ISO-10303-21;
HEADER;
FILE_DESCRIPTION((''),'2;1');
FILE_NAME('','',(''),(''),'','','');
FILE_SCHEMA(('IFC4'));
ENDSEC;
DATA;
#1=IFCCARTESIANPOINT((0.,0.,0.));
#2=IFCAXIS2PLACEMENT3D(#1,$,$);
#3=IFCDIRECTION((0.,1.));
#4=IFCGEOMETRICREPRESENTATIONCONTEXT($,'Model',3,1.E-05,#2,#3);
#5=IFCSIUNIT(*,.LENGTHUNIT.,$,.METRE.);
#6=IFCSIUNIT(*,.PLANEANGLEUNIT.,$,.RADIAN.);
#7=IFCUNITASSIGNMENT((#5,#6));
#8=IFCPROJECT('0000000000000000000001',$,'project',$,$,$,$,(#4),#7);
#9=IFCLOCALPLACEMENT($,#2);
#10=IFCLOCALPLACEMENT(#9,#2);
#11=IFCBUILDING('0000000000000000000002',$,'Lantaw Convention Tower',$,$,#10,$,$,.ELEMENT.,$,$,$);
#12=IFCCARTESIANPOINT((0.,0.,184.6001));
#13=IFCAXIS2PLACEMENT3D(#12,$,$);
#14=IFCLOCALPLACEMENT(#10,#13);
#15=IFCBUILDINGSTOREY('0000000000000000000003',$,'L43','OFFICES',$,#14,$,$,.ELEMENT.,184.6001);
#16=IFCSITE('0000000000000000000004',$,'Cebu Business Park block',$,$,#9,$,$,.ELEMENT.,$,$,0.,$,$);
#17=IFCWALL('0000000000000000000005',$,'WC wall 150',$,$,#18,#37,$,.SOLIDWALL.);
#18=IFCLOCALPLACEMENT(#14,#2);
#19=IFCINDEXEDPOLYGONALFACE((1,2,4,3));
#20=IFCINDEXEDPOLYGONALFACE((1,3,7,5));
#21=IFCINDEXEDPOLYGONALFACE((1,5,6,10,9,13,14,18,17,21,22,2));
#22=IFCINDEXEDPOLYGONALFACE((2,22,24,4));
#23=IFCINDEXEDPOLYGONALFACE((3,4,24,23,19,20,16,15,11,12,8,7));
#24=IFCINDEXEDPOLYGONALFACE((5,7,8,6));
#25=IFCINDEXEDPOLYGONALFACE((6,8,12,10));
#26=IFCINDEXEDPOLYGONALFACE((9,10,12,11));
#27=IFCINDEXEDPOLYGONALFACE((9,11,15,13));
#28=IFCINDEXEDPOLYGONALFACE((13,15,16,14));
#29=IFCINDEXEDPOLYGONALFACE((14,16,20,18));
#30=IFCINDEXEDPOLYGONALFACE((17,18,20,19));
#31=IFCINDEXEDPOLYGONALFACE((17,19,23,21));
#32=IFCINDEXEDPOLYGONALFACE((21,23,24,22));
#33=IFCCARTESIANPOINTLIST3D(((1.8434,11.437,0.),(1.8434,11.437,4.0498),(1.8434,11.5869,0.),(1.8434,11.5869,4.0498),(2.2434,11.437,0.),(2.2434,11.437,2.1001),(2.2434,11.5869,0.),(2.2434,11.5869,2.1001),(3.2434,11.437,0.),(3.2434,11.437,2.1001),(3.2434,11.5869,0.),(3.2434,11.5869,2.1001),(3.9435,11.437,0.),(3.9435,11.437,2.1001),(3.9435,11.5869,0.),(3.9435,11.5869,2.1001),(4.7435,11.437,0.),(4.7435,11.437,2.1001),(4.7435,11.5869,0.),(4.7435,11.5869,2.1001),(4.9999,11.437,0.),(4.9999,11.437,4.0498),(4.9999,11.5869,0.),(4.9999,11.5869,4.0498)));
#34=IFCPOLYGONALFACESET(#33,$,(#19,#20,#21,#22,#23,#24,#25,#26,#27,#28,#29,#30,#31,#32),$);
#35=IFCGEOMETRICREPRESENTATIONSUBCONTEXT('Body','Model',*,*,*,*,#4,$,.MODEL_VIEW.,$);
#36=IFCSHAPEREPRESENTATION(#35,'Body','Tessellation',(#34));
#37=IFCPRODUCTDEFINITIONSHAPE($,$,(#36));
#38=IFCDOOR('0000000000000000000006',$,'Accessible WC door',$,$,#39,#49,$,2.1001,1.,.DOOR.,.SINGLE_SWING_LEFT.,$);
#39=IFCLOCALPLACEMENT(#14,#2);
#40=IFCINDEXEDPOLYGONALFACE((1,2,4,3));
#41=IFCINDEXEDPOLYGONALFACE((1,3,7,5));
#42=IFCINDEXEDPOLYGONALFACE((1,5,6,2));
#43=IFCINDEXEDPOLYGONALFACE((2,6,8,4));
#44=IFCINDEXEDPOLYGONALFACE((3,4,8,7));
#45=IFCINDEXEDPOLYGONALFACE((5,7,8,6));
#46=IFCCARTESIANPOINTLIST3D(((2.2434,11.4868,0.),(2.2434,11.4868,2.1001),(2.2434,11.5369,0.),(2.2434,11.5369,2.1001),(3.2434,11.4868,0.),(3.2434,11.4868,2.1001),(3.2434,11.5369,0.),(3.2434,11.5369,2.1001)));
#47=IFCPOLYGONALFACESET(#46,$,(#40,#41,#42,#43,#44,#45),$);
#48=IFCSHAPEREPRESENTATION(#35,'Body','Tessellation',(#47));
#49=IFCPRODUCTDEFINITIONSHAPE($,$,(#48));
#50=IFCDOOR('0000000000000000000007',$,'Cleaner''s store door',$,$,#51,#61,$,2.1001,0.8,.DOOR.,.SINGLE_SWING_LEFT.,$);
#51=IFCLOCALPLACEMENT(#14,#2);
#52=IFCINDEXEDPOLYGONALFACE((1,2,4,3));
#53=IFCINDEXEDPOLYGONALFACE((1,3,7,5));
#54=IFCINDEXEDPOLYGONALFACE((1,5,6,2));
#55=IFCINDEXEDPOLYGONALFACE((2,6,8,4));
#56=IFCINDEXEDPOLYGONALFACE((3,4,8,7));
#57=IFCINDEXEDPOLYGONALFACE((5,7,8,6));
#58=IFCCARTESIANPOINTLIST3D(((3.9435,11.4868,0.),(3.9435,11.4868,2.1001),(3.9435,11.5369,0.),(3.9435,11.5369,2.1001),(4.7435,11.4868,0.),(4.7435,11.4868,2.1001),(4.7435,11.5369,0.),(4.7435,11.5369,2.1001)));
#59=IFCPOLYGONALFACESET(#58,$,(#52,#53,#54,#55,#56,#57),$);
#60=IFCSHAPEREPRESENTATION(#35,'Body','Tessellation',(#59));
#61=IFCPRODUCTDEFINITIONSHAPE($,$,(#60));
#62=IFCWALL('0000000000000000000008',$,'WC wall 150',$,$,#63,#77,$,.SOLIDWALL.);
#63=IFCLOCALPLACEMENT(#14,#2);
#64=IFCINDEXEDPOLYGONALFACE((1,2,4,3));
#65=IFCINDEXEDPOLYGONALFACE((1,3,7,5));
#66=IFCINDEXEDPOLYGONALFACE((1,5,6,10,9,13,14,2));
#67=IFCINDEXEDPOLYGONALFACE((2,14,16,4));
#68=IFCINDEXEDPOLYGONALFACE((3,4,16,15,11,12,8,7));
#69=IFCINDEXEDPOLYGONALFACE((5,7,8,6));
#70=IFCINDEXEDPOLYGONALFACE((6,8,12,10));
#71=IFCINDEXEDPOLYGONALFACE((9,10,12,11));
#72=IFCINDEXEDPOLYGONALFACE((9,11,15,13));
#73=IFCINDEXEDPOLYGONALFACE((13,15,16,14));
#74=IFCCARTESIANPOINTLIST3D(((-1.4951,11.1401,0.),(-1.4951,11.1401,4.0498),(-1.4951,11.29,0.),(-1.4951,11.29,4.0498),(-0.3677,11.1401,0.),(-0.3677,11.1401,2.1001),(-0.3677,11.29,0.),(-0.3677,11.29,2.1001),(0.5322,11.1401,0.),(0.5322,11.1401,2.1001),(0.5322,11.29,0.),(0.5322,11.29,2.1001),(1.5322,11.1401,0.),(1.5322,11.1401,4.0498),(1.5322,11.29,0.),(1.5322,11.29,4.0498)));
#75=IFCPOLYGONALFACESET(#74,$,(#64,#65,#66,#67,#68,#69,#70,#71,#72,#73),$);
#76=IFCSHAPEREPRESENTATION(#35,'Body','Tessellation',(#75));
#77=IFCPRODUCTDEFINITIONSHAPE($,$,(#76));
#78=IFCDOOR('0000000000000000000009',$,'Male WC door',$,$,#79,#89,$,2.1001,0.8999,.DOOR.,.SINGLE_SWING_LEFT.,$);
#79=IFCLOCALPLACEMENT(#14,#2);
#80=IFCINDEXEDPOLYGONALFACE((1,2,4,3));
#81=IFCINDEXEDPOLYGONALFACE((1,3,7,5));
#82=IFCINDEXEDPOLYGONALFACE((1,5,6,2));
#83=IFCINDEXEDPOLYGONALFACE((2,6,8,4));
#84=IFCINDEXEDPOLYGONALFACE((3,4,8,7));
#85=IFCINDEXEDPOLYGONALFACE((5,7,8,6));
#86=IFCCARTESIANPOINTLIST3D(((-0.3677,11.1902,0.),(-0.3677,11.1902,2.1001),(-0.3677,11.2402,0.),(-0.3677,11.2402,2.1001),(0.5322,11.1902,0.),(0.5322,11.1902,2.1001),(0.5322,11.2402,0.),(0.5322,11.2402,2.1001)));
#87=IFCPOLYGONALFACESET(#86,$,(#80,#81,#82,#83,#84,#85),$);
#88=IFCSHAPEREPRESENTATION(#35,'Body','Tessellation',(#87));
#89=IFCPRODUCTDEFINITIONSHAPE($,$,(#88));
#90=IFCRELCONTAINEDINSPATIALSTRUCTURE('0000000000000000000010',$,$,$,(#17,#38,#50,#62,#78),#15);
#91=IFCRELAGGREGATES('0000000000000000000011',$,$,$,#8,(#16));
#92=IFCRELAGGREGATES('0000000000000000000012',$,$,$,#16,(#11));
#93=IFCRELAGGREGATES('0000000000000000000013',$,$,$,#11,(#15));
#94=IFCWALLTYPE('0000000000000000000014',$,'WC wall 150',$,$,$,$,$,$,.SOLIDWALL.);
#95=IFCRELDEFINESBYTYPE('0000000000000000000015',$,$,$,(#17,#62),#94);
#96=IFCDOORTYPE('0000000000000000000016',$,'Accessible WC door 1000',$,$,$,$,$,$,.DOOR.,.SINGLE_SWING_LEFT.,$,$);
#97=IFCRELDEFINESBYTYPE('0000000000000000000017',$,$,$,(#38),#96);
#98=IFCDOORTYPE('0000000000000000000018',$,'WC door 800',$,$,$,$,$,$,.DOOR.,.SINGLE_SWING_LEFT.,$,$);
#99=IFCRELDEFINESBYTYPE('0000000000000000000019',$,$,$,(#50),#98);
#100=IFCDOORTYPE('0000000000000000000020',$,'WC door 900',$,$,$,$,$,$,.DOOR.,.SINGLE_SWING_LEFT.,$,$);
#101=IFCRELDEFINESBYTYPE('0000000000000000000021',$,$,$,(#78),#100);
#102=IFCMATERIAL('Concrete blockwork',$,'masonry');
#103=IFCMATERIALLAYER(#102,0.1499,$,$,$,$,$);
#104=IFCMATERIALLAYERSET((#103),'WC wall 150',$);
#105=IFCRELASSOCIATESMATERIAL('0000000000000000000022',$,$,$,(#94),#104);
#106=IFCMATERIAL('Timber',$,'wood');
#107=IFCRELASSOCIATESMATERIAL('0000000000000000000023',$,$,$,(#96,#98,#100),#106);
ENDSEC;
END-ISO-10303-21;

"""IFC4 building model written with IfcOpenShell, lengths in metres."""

from ifc_helpers import new_model, si_unit, direction, frame, frame_2d, origin, place, context, subcontext, project, spatial, rectangle, extrude, material, layer, layer_set, type_object, element, fill, save


model = new_model("IFC4")

# Units and contexts
model_context = context("Model", 3, precision=1e-05, world=origin(), true_north=direction((0.0, 1.0)))
body_context = subcontext(model_context, "Body", "Model", "MODEL_VIEW")
ifc_project = project(units=[si_unit("LENGTHUNIT", "METRE"), si_unit("PLANEANGLEUNIT", "RADIAN")], contexts=[model_context])

# Site, building, storey
site_placement = place(None, origin())
site = spatial("IfcSite", under=ifc_project, at=site_placement, Name="Cebu Business Park block", CompositionType="ELEMENT", RefElevation=0.0)
building_placement = place(site_placement, origin())
building = spatial("IfcBuilding", under=site, at=building_placement, Name="Lantaw Convention Tower", CompositionType="ELEMENT")
storey_placement = place(building_placement, frame((0.0, 0.0, 184.6001)))
storey = spatial("IfcBuildingStorey", under=building, at=storey_placement, Name="L43", Description="OFFICES", CompositionType="ELEMENT", Elevation=184.6001)

# Shared definitions
ifc_material_1 = material(Name="Concrete blockwork", Category="masonry")
ifc_layer_1 = layer(ifc_material_1, 0.1499)
ifc_layer_set_1 = layer_set([ifc_layer_1], Name="WC wall 150")
wall_type_1 = type_object("IfcWallType", Name="WC wall 150", PredefinedType="SOLIDWALL", material=ifc_layer_set_1)

# Wall, openings, doors
wall_1_placement = place(storey_placement, frame((1.8435, 11.512, 0.0), z_axis=(0.0, 0.0, 1.0), x_axis=(1.0, 0.0, 0.0)))
wall_1 = element("IfcWall", 1, at=wall_1_placement, inside=storey, type_object=wall_type_1, Name="WC wall 150", PredefinedType="SOLIDWALL", context=body_context, shape_type="SweptSolid", body=[
    extrude(rectangle(XDim=3.1565, YDim=0.1499, at=frame_2d((1.5781, 0.0))), origin(), (0.0, 0.0, 1.0), 4.0498),
])
opening_1_placement = place(wall_1_placement, frame((0.3999, 0.0, 0.0)))
opening_1 = element("IfcOpeningElement", 2, at=opening_1_placement, cuts=wall_1, PredefinedType="OPENING", context=body_context, shape_type="SweptSolid", body=[
    extrude(rectangle(XDim=1.0, YDim=2.1001, at=frame_2d((0.5, 1.05))), frame((0.0, 0.085, 0.0), z_axis=(0.0, -1.0, 0.0), x_axis=(1.0, 0.0, 0.0)), (0.0, 0.0, 1.0), 0.1699),
])
opening_2_placement = place(wall_1_placement, frame((2.1001, 0.0, 0.0)))
opening_2 = element("IfcOpeningElement", 3, at=opening_2_placement, cuts=wall_1, PredefinedType="OPENING", context=body_context, shape_type="SweptSolid", body=[
    extrude(rectangle(XDim=0.8, YDim=2.1001, at=frame_2d((0.3999, 1.05))), frame((0.0, 0.085, 0.0), z_axis=(0.0, -1.0, 0.0), x_axis=(1.0, 0.0, 0.0)), (0.0, 0.0, 1.0), 0.1699),
])
ifc_material_2 = material(Name="Timber", Category="wood")
door_type_1 = type_object("IfcDoorType", Name="Accessible WC door 1000", OperationType="SINGLE_SWING_LEFT", PredefinedType="DOOR", material=ifc_material_2)
door_1_placement = place(opening_1_placement, origin())
door_1 = element("IfcDoor", 4, at=door_1_placement, inside=storey, type_object=door_type_1, Name="Accessible WC door", OperationType="SINGLE_SWING_LEFT", OverallHeight=2.1001, OverallWidth=1.0, PredefinedType="DOOR", context=body_context, shape_type="SweptSolid", body=[
    extrude(rectangle(XDim=1.0, YDim=2.1001, at=frame_2d((0.5, 1.05))), frame((0.0, 0.0249, 0.0), z_axis=(0.0, -1.0, 0.0), x_axis=(1.0, 0.0, 0.0)), (0.0, 0.0, 1.0), 0.05),
])
fill(opening_1, door_1)
door_type_2 = type_object("IfcDoorType", Name="WC door 800", OperationType="SINGLE_SWING_LEFT", PredefinedType="DOOR", material=ifc_material_2)
door_2_placement = place(opening_2_placement, origin())
door_2 = element("IfcDoor", 5, at=door_2_placement, inside=storey, type_object=door_type_2, Name="Cleaner's store door", OperationType="SINGLE_SWING_LEFT", OverallHeight=2.1001, OverallWidth=0.8, PredefinedType="DOOR", context=body_context, shape_type="SweptSolid", body=[
    extrude(rectangle(XDim=0.8, YDim=2.1001, at=frame_2d((0.3999, 1.05))), frame((0.0, 0.0249, 0.0), z_axis=(0.0, -1.0, 0.0), x_axis=(1.0, 0.0, 0.0)), (0.0, 0.0, 1.0), 0.05),
])
fill(opening_2, door_2)

# Wall, opening, door
wall_2_placement = place(storey_placement, frame((1.5322, 11.2151, 0.0), z_axis=(0.0, 0.0, 1.0), x_axis=(-1.0, 0.0, 0.0)))
wall_2 = element("IfcWall", 6, at=wall_2_placement, inside=storey, type_object=wall_type_1, Name="WC wall 150", PredefinedType="SOLIDWALL", context=body_context, shape_type="SweptSolid", body=[
    extrude(rectangle(XDim=3.0273, YDim=0.1499, at=frame_2d((1.5137, 0.0))), origin(), (0.0, 0.0, 1.0), 4.0498),
])
opening_3_placement = place(wall_2_placement, frame((1.0, 0.0, 0.0)))
opening_3 = element("IfcOpeningElement", 7, at=opening_3_placement, cuts=wall_2, PredefinedType="OPENING", context=body_context, shape_type="SweptSolid", body=[
    extrude(rectangle(XDim=0.8999, YDim=2.1001, at=frame_2d((0.45, 1.05))), frame((0.0, 0.085, 0.0), z_axis=(0.0, -1.0, 0.0), x_axis=(1.0, 0.0, 0.0)), (0.0, 0.0, 1.0), 0.1699),
])
door_type_3 = type_object("IfcDoorType", Name="WC door 900", OperationType="SINGLE_SWING_LEFT", PredefinedType="DOOR", material=ifc_material_2)
door_3_placement = place(opening_3_placement, origin())
door_3 = element("IfcDoor", 8, at=door_3_placement, inside=storey, type_object=door_type_3, Name="Male WC door", OperationType="SINGLE_SWING_LEFT", OverallHeight=2.1001, OverallWidth=0.8999, PredefinedType="DOOR", context=body_context, shape_type="SweptSolid", body=[
    extrude(rectangle(XDim=0.8999, YDim=2.1001, at=frame_2d((0.45, 1.05))), frame((0.0, 0.0249, 0.0), z_axis=(0.0, -1.0, 0.0), x_axis=(1.0, 0.0, 0.0)), (0.0, 0.0, 1.0), 0.05),
])
fill(opening_3, door_3)

save(model, "model.ifc")
